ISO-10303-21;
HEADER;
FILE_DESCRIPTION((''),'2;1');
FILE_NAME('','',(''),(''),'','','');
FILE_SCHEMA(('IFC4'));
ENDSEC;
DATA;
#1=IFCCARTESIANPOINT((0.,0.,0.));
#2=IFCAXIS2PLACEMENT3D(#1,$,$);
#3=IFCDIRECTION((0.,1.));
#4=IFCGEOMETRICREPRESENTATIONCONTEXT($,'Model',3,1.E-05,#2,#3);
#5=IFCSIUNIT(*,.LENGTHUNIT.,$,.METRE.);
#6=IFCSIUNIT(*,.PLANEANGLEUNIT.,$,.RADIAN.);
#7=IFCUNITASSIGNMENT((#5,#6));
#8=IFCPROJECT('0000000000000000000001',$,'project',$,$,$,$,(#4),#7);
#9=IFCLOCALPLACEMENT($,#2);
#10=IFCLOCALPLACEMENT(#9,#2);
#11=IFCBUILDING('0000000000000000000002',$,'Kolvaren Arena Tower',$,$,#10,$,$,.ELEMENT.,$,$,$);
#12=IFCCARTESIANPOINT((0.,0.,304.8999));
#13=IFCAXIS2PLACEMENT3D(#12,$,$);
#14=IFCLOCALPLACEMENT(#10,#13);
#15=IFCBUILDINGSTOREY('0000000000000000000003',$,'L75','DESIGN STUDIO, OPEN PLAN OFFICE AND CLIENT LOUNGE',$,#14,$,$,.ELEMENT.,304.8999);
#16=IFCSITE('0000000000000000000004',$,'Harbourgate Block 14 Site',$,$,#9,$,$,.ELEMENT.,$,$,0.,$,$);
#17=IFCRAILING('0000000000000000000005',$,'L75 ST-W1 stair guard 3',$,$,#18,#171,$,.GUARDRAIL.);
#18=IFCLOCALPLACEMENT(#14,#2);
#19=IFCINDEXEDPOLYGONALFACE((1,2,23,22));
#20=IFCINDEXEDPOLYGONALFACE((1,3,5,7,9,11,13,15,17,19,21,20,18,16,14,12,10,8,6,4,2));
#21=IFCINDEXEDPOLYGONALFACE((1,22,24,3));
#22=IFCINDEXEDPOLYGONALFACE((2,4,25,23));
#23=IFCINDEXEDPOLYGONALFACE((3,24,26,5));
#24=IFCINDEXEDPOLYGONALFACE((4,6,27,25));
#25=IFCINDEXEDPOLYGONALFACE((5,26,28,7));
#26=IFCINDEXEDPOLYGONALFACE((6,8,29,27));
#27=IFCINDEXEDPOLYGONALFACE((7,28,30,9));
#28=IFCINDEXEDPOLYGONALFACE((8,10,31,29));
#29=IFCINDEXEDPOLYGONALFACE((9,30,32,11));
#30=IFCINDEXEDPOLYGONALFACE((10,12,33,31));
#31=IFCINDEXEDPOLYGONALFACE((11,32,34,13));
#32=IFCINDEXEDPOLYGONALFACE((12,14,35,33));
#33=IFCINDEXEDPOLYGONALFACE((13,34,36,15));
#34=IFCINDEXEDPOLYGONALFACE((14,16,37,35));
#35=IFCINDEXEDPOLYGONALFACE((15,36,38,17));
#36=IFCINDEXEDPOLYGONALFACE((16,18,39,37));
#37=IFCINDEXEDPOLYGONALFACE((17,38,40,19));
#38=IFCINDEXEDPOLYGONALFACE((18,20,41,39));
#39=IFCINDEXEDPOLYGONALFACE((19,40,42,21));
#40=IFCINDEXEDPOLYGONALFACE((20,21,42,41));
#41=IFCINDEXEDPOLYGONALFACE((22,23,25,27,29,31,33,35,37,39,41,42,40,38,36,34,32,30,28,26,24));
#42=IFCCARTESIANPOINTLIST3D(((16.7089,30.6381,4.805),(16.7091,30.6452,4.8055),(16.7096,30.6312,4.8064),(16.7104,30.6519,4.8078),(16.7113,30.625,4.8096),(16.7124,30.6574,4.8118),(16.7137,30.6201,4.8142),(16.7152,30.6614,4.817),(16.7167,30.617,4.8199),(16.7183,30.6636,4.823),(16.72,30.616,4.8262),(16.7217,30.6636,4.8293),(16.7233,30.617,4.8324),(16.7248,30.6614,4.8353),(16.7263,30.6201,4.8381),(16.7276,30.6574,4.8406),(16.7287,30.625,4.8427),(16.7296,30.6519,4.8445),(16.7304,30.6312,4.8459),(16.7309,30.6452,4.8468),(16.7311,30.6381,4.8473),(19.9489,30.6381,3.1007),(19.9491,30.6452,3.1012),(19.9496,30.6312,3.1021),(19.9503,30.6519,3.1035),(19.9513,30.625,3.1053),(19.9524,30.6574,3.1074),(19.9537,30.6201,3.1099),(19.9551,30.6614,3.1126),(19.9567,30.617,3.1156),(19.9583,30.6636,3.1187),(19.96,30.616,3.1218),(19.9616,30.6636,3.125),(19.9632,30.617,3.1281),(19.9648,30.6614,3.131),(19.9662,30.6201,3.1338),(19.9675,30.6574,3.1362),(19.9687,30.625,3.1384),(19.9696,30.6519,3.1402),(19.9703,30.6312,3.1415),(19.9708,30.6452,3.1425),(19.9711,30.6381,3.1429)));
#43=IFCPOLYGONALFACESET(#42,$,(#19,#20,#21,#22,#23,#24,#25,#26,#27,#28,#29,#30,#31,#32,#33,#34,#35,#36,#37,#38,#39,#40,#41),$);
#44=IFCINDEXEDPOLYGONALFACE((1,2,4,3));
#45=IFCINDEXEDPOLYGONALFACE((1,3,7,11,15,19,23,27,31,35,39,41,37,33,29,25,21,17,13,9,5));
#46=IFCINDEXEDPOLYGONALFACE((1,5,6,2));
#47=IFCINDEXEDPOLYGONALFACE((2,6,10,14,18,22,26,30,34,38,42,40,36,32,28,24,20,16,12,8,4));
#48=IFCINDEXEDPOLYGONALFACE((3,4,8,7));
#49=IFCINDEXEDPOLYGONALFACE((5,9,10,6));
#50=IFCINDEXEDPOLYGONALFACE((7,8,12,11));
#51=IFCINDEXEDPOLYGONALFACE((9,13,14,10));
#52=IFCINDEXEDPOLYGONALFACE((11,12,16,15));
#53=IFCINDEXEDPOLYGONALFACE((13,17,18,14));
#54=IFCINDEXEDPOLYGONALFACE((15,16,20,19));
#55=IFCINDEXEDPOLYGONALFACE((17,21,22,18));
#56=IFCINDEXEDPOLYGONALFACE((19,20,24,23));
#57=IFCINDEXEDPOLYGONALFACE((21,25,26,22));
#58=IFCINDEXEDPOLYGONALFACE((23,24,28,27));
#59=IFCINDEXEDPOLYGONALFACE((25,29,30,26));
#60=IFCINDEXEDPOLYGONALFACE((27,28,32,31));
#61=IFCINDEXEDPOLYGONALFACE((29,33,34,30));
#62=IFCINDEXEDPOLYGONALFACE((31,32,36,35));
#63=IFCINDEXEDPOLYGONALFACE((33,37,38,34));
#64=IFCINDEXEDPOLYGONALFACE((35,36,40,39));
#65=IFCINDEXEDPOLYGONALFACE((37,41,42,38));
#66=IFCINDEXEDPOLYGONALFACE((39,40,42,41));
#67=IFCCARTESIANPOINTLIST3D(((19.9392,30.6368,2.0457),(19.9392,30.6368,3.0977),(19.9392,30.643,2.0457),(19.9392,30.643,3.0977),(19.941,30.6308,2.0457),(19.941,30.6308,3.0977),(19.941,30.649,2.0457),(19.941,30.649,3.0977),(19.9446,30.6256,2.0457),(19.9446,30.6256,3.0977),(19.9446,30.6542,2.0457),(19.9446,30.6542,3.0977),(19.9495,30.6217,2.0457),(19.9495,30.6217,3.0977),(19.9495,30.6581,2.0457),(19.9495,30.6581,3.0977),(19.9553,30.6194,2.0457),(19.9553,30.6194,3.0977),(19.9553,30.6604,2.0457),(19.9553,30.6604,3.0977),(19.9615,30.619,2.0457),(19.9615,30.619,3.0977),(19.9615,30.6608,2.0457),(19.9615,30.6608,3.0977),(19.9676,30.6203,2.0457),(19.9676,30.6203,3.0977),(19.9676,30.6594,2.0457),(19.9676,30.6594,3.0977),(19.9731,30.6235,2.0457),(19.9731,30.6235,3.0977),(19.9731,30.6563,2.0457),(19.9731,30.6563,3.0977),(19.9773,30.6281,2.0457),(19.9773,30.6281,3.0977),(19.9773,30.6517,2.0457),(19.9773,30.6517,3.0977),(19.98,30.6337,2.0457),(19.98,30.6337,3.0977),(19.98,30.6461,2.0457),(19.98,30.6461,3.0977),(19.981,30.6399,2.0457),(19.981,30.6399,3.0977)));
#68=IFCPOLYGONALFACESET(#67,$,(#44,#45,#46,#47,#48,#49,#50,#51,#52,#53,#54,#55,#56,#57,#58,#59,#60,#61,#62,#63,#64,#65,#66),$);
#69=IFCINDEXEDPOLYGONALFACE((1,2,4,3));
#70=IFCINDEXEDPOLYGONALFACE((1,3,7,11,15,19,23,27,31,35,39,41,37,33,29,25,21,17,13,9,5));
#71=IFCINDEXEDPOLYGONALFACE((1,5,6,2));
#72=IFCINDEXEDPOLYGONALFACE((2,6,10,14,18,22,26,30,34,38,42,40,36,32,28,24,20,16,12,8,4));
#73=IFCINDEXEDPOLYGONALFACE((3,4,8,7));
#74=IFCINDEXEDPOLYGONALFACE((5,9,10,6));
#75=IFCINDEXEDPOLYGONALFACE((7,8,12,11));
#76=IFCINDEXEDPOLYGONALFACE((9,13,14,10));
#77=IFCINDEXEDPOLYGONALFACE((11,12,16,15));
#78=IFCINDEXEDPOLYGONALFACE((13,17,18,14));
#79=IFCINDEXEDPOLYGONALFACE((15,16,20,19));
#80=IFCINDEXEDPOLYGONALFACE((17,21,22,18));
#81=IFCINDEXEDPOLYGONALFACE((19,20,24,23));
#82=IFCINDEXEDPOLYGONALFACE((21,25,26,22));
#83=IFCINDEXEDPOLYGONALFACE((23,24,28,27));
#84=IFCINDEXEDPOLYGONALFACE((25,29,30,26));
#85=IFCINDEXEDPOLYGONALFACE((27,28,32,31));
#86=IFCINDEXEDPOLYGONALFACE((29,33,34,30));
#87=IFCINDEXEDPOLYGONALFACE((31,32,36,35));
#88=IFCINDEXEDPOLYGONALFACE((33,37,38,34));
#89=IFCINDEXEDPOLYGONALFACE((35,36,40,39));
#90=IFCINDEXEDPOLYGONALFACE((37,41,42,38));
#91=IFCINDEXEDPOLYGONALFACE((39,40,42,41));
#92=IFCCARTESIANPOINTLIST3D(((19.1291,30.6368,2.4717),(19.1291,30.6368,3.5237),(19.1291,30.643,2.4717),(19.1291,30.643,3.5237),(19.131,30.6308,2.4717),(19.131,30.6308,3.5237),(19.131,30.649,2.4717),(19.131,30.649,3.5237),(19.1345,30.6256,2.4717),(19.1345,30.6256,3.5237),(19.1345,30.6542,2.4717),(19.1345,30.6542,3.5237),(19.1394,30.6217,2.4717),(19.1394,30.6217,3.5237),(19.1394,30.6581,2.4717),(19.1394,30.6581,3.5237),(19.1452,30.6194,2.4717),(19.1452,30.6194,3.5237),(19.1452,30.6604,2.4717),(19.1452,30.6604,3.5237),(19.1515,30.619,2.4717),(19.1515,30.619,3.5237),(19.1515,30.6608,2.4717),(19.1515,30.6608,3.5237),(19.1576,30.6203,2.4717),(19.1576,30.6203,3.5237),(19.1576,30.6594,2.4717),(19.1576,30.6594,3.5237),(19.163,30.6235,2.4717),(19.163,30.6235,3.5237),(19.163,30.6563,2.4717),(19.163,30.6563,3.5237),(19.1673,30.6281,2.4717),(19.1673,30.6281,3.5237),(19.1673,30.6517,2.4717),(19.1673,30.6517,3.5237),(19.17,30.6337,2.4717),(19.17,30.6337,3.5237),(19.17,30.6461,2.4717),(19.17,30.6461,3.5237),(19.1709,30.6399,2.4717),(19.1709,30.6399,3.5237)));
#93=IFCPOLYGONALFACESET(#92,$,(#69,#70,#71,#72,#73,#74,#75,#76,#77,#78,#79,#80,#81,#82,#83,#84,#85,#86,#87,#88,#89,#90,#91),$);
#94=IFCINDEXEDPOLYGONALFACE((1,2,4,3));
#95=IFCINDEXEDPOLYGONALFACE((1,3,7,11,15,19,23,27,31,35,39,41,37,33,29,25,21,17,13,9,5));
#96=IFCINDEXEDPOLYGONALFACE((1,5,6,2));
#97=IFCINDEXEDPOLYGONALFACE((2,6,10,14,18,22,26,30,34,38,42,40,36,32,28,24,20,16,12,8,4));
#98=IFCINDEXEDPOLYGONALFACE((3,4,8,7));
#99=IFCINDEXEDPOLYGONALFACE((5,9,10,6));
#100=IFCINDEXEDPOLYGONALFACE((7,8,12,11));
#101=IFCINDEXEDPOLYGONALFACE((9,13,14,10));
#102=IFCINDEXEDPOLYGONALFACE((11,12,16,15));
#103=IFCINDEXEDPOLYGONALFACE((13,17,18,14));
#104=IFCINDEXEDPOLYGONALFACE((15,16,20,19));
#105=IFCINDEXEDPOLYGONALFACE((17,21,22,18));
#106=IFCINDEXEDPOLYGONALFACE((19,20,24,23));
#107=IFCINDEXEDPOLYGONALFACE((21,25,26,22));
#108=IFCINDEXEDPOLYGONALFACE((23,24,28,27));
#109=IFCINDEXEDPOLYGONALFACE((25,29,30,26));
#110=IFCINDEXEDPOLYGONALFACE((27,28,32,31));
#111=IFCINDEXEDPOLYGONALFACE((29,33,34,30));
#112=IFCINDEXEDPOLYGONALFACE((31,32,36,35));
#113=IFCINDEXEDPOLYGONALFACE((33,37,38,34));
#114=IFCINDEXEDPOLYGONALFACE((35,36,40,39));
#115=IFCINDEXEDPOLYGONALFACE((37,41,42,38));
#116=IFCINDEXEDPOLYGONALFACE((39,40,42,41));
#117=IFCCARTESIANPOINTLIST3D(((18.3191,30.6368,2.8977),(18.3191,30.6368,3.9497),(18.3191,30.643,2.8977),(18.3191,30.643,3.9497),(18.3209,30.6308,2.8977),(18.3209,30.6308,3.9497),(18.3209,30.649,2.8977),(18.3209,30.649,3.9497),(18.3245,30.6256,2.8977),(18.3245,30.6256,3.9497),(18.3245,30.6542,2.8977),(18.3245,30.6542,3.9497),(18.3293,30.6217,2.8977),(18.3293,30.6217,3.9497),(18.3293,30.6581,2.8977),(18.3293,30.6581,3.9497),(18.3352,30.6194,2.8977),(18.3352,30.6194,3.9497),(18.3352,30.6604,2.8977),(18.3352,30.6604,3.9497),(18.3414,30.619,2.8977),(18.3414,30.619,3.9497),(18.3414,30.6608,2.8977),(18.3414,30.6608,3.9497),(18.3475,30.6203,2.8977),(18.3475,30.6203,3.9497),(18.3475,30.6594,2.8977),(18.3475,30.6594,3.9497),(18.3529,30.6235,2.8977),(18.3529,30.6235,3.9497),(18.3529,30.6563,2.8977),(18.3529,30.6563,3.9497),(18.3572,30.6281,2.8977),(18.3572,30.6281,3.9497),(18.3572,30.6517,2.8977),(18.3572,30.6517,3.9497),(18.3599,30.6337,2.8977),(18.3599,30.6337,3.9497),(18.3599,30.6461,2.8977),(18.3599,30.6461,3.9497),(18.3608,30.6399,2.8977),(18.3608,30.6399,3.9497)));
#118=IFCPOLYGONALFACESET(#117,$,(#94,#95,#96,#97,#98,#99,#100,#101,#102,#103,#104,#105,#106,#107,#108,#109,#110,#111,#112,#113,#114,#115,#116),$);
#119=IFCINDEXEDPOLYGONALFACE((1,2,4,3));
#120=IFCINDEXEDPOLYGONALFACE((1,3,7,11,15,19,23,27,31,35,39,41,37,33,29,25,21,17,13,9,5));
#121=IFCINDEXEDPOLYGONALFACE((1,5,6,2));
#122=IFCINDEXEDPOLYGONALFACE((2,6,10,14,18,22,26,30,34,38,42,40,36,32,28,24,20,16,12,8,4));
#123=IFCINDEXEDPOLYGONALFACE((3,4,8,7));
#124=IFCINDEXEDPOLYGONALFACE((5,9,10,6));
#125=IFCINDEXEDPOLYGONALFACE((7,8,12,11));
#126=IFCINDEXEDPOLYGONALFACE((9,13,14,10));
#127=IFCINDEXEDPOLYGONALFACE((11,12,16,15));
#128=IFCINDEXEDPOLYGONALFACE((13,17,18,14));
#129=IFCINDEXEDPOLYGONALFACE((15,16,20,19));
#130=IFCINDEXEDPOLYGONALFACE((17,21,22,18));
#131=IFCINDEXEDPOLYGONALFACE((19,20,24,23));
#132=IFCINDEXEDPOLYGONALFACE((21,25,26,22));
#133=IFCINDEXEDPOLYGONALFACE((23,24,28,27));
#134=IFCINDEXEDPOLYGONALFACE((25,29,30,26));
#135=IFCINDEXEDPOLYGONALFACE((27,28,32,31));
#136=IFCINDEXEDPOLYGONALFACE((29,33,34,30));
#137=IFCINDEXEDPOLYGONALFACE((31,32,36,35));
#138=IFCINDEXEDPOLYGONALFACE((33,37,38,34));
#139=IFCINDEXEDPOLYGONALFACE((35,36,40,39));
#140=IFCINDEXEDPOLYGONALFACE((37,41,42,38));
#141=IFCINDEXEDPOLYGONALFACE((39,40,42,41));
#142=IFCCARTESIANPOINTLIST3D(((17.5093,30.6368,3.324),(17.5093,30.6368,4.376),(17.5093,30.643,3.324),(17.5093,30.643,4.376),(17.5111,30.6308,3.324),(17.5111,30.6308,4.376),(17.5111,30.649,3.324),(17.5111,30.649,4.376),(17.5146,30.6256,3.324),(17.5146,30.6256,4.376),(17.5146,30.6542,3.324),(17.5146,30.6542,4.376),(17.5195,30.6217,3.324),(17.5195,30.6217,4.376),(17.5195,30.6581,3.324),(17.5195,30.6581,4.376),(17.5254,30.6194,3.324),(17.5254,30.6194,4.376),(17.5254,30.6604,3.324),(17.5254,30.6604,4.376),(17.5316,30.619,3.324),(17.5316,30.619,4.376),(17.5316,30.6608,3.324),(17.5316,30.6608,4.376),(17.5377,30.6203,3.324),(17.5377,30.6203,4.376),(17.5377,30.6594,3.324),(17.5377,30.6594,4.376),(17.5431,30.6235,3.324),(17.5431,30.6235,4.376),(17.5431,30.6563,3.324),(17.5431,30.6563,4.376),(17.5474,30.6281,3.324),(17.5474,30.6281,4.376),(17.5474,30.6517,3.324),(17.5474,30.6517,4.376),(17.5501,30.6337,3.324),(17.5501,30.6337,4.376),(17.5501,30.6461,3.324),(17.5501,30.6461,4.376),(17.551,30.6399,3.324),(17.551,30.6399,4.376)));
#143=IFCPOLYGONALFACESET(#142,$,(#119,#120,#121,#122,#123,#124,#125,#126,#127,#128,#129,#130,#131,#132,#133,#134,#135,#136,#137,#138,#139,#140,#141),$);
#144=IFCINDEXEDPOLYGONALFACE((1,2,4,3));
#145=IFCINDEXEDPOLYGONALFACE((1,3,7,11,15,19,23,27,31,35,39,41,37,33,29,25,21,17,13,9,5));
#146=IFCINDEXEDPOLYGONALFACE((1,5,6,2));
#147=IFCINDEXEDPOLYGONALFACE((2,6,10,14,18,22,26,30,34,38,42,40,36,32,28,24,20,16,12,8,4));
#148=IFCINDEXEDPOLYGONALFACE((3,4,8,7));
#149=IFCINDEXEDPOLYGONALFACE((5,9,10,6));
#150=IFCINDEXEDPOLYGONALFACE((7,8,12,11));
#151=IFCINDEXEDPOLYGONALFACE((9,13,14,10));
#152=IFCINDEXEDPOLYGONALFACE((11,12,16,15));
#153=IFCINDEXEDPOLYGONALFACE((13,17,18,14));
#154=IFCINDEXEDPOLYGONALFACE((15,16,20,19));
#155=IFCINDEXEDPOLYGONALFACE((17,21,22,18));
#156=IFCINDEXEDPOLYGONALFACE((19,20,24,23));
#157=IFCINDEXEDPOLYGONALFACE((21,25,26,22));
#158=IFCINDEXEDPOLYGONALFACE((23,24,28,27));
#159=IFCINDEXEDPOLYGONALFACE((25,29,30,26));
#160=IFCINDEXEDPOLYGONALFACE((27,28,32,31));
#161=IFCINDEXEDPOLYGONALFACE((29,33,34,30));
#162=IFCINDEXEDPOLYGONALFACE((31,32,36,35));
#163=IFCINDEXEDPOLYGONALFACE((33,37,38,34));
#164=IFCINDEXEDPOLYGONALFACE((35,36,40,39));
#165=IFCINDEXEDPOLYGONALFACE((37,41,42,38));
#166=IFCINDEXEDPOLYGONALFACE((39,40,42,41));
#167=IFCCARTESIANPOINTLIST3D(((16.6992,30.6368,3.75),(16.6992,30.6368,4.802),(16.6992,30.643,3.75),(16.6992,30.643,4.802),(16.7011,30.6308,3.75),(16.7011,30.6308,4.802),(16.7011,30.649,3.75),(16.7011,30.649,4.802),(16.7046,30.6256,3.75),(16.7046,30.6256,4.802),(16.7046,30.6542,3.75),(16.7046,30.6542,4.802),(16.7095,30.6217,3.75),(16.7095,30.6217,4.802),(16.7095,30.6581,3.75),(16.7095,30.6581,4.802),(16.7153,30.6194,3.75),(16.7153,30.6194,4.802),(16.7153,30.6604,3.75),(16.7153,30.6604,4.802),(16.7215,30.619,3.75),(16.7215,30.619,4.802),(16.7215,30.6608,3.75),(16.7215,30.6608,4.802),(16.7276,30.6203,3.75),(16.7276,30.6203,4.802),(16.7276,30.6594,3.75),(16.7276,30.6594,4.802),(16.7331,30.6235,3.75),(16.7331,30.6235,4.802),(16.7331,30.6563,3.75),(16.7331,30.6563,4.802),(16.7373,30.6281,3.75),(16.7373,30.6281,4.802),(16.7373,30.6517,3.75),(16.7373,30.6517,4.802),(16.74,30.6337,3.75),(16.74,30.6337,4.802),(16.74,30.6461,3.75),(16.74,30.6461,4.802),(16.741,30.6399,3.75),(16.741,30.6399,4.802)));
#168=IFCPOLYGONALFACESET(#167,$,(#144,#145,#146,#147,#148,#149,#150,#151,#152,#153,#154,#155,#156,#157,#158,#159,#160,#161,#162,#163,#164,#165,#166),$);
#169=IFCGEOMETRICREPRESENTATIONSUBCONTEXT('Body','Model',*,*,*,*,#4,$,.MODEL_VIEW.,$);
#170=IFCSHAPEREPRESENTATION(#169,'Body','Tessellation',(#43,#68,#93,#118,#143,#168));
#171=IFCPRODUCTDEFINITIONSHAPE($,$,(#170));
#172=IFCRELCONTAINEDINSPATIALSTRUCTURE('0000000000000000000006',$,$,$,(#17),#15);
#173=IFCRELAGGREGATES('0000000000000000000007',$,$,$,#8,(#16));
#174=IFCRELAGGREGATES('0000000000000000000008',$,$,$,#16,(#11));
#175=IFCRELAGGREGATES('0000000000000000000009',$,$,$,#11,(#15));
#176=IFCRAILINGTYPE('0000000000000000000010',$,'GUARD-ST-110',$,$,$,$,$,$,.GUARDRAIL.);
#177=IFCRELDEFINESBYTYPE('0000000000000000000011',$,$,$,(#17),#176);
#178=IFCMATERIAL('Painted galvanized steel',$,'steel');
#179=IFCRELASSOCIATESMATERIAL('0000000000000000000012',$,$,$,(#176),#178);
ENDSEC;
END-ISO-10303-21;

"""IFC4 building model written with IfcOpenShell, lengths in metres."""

from ifc_helpers import new_model, si_unit, direction, frame, origin, origin_2d, place, context, subcontext, project, spatial, circle, extrude, material, type_object, element, save


model = new_model("IFC4")

# Units and contexts
model_context = context("Model", 3, precision=1e-05, world=origin(), true_north=direction((0.0, 1.0)))
body_context = subcontext(model_context, "Body", "Model", "MODEL_VIEW")
ifc_project = project(units=[si_unit("LENGTHUNIT", "METRE"), si_unit("PLANEANGLEUNIT", "RADIAN")], contexts=[model_context])

# Site, building, storey
site_placement = place(None, origin())
site = spatial("IfcSite", under=ifc_project, at=site_placement, Name="Harbourgate Block 14 Site", CompositionType="ELEMENT", RefElevation=0.0)
building_placement = place(site_placement, origin())
building = spatial("IfcBuilding", under=site, at=building_placement, Name="Kolvaren Arena Tower", CompositionType="ELEMENT")
storey_placement = place(building_placement, frame((0.0, 0.0, 304.8999)))
storey = spatial("IfcBuildingStorey", under=building, at=storey_placement, Name="L75", Description="DESIGN STUDIO, OPEN PLAN OFFICE AND CLIENT LOUNGE", CompositionType="ELEMENT", Elevation=304.8999)

# Railing
ifc_material_1 = material(Name="Painted galvanized steel", Category="steel")
railing_type_1 = type_object("IfcRailingType", Name="GUARD-ST-110", PredefinedType="GUARDRAIL", material=ifc_material_1)
railing_1_placement = place(storey_placement, frame((19.96, 30.6399, 2.0457)))
element("IfcRailing", 1, at=railing_1_placement, inside=storey, type_object=railing_type_1, Name="L75 ST-W1 stair guard 3", PredefinedType="GUARDRAIL", context=body_context, shape_type="SweptSolid", body=[
    extrude(circle(Radius=0.0239, at=origin_2d()), frame((0.0, 0.0, 1.0762), z_axis=(-0.885021, 0.0, 0.465551), x_axis=(0.0, -1.0, 0.0)), (0.0, 0.0, 1.0), 3.6609),
    extrude(circle(Radius=0.021, at=origin_2d()), origin(), (0.0, 0.0, 1.0), 1.052),
    extrude(circle(Radius=0.021, at=origin_2d()), frame((-0.8101, 0.0, 0.426)), (0.0, 0.0, 1.0), 1.052),
    extrude(circle(Radius=0.021, at=origin_2d()), frame((-1.6201, 0.0, 0.8521)), (0.0, 0.0, 1.0), 1.052),
    extrude(circle(Radius=0.021, at=origin_2d()), frame((-2.4299, 0.0, 1.2783)), (0.0, 0.0, 1.0), 1.052),
    extrude(circle(Radius=0.021, at=origin_2d()), frame((-3.24, 0.0, 1.7043)), (0.0, 0.0, 1.0), 1.052),
])

save(model, "model.ifc")
